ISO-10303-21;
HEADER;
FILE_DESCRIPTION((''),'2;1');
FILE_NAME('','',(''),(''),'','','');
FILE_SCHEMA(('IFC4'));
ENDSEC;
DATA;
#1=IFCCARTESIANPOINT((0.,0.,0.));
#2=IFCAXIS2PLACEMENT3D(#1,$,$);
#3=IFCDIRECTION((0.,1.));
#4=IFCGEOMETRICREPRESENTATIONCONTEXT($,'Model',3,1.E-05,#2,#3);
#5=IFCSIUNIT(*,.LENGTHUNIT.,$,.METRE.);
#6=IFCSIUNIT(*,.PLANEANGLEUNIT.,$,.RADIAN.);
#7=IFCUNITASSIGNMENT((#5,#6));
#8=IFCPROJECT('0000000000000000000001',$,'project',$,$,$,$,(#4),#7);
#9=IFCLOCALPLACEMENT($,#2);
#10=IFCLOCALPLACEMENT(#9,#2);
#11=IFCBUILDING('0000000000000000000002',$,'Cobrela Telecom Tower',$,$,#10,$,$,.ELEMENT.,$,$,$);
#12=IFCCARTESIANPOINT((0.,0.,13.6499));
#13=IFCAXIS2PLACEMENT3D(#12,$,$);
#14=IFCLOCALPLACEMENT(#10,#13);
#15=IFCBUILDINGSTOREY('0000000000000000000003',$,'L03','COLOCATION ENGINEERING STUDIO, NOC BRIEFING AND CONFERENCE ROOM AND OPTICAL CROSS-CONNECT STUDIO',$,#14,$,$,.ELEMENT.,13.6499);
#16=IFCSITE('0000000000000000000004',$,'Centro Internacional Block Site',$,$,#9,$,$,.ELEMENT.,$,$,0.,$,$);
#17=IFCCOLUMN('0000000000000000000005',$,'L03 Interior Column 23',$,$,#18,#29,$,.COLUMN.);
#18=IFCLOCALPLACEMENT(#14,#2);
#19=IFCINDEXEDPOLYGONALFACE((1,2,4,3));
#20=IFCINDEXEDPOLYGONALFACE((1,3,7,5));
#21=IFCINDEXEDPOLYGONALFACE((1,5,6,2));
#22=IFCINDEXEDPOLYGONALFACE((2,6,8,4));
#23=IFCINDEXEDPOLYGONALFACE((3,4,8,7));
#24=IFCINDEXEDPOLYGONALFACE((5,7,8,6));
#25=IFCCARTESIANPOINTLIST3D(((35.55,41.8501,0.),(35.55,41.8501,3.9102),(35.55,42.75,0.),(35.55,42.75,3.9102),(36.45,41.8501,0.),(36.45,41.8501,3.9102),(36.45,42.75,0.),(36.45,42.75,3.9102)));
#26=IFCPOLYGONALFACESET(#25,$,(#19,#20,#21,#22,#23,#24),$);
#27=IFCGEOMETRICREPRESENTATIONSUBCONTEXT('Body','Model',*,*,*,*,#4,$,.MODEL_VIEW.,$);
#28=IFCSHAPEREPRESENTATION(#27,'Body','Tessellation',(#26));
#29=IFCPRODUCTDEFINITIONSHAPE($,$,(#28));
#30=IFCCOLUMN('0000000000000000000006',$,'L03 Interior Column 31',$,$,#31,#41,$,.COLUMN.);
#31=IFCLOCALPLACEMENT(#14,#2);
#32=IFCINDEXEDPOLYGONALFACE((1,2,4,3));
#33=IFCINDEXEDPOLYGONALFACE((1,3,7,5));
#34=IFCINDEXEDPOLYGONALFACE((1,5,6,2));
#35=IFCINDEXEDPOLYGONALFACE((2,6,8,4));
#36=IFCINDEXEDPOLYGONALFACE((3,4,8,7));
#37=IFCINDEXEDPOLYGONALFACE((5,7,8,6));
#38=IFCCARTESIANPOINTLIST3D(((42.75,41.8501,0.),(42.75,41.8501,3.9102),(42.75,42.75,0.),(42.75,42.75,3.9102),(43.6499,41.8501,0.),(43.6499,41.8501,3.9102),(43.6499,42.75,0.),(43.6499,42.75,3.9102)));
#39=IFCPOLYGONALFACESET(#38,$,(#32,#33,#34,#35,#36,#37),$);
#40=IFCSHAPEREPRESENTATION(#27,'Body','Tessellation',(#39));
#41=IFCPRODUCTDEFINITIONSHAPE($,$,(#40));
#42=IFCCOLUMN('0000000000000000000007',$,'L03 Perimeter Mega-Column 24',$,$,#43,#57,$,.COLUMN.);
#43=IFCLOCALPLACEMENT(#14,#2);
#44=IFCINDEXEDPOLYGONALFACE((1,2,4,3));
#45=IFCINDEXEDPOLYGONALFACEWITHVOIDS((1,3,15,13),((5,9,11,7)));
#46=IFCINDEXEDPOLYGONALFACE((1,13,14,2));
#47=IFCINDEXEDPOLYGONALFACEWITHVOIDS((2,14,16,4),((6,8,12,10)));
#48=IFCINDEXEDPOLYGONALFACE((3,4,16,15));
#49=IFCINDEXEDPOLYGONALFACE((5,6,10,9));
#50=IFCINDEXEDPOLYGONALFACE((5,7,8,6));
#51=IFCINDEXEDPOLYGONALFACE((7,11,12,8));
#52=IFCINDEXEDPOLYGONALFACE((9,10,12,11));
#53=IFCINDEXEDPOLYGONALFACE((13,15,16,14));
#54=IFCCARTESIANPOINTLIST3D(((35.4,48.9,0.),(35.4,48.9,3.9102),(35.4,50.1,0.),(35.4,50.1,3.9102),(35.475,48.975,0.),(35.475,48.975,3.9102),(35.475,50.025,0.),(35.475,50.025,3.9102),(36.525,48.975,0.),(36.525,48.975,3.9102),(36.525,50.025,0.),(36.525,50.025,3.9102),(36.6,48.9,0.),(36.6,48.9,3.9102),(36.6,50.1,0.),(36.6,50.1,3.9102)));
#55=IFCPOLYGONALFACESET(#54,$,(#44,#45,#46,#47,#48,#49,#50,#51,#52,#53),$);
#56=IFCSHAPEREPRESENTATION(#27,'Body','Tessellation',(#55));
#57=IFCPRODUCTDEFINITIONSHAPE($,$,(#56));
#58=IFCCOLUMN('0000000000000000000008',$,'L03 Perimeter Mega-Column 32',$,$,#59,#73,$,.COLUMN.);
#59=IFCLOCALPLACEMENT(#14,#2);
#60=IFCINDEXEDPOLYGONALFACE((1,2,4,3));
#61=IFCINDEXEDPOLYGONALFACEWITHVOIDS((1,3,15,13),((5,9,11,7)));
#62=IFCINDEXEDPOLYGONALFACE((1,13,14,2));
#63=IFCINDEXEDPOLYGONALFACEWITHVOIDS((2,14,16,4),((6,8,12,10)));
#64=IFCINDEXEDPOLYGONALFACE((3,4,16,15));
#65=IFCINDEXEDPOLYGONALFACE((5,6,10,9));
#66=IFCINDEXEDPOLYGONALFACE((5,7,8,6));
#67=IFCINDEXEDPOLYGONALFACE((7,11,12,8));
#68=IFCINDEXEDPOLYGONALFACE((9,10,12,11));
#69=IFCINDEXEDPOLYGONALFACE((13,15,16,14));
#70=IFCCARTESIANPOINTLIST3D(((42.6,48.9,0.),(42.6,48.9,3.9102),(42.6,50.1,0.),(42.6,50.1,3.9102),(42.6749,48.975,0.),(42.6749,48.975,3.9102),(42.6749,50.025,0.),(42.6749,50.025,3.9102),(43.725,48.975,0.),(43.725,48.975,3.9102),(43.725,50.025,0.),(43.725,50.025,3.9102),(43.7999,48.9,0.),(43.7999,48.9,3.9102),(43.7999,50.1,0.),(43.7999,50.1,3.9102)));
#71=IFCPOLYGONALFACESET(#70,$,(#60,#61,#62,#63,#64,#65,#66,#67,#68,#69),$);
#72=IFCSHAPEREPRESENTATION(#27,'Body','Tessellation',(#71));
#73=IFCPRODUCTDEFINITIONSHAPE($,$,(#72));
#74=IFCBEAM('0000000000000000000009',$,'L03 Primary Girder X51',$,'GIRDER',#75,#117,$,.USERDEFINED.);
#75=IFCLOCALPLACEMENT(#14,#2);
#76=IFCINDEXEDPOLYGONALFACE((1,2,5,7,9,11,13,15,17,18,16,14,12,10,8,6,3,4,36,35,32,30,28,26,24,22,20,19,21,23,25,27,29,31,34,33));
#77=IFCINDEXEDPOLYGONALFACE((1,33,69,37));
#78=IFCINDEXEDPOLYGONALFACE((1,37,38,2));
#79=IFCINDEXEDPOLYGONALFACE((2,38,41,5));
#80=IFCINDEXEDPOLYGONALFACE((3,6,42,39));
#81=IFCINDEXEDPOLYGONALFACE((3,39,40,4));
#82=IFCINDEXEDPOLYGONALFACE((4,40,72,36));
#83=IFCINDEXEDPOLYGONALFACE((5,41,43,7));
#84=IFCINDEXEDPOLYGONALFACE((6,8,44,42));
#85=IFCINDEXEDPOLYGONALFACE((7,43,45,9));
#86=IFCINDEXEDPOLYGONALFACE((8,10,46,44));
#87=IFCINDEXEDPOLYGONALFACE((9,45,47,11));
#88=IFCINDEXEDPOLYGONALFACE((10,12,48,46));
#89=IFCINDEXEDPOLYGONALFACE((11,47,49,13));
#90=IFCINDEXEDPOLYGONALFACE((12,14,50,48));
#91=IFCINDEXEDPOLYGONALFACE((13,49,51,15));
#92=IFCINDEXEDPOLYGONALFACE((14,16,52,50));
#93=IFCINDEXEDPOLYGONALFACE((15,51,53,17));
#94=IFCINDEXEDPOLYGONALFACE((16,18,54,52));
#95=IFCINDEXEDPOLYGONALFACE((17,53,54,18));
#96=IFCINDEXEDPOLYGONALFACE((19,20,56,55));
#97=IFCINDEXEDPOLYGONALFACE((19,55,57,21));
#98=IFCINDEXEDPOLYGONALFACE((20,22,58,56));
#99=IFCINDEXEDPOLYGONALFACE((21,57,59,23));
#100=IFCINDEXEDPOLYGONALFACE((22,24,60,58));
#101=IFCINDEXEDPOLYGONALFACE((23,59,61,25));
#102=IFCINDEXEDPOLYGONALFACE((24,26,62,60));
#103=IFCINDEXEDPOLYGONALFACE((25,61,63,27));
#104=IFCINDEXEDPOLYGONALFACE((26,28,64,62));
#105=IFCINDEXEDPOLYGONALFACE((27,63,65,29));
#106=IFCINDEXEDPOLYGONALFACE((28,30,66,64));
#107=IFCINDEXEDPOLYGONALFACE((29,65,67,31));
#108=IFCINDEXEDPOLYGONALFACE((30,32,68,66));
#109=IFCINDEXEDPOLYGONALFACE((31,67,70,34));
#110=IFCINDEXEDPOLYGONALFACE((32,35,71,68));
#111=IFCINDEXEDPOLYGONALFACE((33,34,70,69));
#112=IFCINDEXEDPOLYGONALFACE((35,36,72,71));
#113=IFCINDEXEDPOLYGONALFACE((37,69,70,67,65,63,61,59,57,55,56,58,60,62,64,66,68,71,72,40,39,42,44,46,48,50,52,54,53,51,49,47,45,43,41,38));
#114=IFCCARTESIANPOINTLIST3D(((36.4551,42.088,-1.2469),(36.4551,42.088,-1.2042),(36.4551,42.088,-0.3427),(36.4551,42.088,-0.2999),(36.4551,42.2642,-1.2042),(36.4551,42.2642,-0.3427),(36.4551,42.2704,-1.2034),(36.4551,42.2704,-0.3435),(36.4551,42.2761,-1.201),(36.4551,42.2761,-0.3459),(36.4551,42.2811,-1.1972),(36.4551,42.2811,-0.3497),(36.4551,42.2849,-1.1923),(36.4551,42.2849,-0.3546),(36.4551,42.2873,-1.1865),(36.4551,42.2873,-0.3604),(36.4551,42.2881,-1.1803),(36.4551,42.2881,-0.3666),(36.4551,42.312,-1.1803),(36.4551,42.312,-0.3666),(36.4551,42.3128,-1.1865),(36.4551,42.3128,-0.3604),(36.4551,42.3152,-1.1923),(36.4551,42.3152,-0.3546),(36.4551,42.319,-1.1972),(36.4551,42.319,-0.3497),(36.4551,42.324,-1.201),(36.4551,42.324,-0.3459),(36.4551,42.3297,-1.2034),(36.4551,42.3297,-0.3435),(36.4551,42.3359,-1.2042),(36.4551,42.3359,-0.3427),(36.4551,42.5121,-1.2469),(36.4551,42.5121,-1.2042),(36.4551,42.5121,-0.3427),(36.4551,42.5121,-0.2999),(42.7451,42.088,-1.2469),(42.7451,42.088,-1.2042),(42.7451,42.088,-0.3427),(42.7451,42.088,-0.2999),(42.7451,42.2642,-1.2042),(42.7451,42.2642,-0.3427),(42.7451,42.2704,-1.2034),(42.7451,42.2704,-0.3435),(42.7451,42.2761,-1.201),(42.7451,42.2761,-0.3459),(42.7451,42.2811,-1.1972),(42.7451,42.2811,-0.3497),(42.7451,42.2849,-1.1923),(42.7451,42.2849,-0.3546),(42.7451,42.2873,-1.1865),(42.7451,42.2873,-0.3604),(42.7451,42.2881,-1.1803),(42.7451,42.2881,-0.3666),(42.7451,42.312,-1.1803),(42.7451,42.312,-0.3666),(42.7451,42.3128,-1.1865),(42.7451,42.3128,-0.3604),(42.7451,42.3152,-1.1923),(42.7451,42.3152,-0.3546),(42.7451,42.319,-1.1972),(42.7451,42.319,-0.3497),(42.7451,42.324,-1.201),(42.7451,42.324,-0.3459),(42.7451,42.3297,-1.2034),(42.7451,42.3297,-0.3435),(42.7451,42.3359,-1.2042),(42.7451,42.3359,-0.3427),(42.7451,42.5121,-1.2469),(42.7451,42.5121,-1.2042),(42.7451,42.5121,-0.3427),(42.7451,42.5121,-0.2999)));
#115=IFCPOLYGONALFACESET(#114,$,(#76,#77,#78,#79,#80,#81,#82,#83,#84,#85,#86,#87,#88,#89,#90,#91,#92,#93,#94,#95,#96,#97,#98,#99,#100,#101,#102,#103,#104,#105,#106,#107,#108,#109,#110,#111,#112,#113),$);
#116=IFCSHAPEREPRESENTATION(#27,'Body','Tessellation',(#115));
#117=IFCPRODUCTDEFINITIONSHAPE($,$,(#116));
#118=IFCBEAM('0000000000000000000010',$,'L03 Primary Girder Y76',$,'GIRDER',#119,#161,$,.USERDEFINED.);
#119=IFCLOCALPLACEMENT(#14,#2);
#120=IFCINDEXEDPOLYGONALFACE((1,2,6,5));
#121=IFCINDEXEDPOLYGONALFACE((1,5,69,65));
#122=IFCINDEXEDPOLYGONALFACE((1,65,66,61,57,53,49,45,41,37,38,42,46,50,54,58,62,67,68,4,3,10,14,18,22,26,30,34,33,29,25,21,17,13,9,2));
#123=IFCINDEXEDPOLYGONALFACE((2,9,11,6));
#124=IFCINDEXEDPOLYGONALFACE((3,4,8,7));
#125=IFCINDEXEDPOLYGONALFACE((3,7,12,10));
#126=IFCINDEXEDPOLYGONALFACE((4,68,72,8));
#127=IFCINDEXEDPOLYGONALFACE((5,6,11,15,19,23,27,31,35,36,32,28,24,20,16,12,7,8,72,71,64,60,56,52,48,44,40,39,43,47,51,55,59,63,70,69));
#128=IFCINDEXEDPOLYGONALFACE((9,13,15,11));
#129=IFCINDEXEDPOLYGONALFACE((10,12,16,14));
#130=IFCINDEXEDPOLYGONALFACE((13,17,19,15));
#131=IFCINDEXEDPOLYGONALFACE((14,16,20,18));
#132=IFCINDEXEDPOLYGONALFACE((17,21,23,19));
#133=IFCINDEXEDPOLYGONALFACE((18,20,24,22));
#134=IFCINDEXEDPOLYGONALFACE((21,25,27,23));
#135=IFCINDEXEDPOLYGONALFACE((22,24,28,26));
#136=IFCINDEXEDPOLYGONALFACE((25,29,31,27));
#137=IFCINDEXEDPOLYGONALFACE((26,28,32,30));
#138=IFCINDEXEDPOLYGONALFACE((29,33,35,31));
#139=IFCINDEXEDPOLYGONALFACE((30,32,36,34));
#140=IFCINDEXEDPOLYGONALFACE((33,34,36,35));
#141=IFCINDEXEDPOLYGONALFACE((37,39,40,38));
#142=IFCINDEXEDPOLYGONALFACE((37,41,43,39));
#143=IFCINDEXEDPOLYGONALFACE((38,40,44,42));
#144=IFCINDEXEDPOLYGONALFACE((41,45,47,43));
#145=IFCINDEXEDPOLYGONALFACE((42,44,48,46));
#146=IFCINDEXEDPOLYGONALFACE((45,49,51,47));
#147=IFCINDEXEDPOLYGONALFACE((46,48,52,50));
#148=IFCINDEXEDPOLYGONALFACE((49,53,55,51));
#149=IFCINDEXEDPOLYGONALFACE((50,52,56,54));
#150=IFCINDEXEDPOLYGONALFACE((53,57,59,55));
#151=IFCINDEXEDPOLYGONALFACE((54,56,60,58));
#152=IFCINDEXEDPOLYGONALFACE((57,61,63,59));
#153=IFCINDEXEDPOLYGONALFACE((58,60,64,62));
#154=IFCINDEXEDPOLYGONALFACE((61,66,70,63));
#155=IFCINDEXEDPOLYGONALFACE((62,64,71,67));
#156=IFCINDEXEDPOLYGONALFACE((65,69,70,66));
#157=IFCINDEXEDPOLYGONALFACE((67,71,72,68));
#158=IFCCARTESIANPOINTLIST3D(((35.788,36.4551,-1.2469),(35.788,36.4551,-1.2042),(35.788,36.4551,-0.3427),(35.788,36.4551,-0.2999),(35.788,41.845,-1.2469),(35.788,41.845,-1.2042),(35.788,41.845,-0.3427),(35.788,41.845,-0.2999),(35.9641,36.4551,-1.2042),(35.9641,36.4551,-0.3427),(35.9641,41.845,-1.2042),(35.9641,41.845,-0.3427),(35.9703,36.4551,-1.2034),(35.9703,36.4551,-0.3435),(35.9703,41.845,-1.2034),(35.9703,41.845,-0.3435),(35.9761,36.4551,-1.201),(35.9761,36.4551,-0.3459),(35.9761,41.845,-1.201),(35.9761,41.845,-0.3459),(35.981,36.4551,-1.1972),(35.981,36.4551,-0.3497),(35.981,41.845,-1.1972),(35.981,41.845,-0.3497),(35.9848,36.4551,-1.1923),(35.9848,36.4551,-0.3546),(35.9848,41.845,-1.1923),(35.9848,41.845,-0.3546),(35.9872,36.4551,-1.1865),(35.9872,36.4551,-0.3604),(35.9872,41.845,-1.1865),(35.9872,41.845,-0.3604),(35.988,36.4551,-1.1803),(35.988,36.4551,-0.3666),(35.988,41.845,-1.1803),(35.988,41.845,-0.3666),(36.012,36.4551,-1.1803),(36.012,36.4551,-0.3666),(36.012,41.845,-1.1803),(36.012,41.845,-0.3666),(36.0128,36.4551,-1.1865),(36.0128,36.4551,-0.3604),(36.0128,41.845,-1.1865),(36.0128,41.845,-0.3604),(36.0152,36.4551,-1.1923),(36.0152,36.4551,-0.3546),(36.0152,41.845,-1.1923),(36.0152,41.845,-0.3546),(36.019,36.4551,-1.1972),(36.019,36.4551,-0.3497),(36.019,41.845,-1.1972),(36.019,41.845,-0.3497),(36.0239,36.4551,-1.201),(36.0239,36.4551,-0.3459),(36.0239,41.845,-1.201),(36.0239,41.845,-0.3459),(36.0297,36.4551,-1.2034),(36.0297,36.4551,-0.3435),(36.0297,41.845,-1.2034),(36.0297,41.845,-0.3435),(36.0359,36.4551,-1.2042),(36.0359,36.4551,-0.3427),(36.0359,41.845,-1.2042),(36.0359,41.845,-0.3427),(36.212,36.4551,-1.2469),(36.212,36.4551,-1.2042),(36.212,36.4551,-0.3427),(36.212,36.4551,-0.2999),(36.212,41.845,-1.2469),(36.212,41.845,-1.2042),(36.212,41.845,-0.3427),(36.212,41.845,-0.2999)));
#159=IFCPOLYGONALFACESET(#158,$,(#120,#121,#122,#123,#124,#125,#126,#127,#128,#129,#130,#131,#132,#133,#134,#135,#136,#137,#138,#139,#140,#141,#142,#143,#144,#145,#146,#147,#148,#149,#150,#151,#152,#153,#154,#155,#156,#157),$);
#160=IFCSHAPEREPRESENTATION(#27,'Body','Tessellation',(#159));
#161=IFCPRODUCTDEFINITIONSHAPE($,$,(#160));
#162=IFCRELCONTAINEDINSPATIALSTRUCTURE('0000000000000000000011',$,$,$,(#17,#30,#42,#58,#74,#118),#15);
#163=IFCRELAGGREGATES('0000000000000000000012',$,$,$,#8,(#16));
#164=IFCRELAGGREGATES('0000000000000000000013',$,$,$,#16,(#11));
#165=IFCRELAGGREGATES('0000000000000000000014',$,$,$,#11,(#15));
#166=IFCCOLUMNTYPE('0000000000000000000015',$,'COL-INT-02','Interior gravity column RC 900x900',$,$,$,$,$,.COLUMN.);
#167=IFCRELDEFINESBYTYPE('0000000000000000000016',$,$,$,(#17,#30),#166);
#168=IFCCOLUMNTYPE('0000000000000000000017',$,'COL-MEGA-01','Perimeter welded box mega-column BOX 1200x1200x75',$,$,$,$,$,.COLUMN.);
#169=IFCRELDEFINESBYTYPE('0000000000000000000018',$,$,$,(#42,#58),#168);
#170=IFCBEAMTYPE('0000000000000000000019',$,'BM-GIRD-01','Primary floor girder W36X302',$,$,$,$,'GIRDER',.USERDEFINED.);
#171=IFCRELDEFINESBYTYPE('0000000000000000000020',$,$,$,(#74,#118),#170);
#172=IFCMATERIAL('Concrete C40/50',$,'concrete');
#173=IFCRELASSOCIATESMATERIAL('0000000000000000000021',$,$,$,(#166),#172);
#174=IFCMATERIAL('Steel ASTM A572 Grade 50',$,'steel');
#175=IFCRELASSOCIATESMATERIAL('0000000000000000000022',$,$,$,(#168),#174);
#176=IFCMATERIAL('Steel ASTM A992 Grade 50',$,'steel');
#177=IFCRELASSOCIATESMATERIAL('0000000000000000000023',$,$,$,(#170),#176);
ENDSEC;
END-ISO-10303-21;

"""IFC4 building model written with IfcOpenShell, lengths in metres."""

from ifc_helpers import new_model, si_unit, direction, frame, origin, origin_2d, place, context, subcontext, project, spatial, rectangle, hollow_rectangle, i_section, extrude, material, material_profile, profile_set, type_object, element, save


model = new_model("IFC4")

# Units and contexts
model_context = context("Model", 3, precision=1e-05, world=origin(), true_north=direction((0.0, 1.0)))
body_context = subcontext(model_context, "Body", "Model", "MODEL_VIEW")
ifc_project = project(units=[si_unit("LENGTHUNIT", "METRE"), si_unit("PLANEANGLEUNIT", "RADIAN")], contexts=[model_context])

# Site, building, storey
site_placement = place(None, origin())
site = spatial("IfcSite", under=ifc_project, at=site_placement, Name="Centro Internacional Block Site", CompositionType="ELEMENT", RefElevation=0.0)
building_placement = place(site_placement, origin())
building = spatial("IfcBuilding", under=site, at=building_placement, Name="Cobrela Telecom Tower", CompositionType="ELEMENT")
storey_placement = place(building_placement, frame((0.0, 0.0, 13.6499)))
storey = spatial("IfcBuildingStorey", under=building, at=storey_placement, Name="L03", Description="COLOCATION ENGINEERING STUDIO, NOC BRIEFING AND CONFERENCE ROOM AND OPTICAL CROSS-CONNECT STUDIO", CompositionType="ELEMENT", Elevation=13.6499)

# Columns
ifc_material_1 = material(Name="Concrete C40/50", Category="concrete")
ifc_material_profile_1 = material_profile(ifc_material_1, rectangle(XDim=0.8999, YDim=0.8999, at=origin_2d()), Name="RC 900x900")
ifc_profile_set_1 = profile_set([ifc_material_profile_1], Name="Concrete C40/50")
column_type_1 = type_object("IfcColumnType", Name="COL-INT-02", Description="Interior gravity column RC 900x900", PredefinedType="COLUMN", material=ifc_profile_set_1)
for number, where, z_axis, x_axis, name in (
    (1, (36.0, 42.3, 0.0), (0.0, 0.0, 1.0), (1.0, 0.0, 0.0), "L03 Interior Column 23"),
    (2, (43.2, 42.3, 0.0), (0.0, 0.0, 1.0), (1.0, 0.0, 0.0), "L03 Interior Column 31"),
):
    element("IfcColumn", number, at=place(storey_placement, frame(where, z_axis=z_axis, x_axis=x_axis)), inside=storey, type_object=column_type_1, Name=name, PredefinedType="COLUMN", context=body_context, shape_type="SweptSolid", body=[
        extrude(rectangle(XDim=0.8999, YDim=0.8999, at=origin_2d()), origin(), (0.0, 0.0, 1.0), 3.9102),
    ])
ifc_material_2 = material(Name="Steel ASTM A572 Grade 50", Category="steel")
ifc_material_profile_2 = material_profile(ifc_material_2, hollow_rectangle(XDim=1.2, YDim=1.2, WallThickness=0.075, at=origin_2d()), Name="BOX 1200x1200x75")
ifc_profile_set_2 = profile_set([ifc_material_profile_2], Name="Steel ASTM A572 Grade 50")
column_type_2 = type_object("IfcColumnType", Name="COL-MEGA-01", Description="Perimeter welded box mega-column BOX 1200x1200x75", PredefinedType="COLUMN", material=ifc_profile_set_2)
for number, where, z_axis, x_axis, name in (
    (3, (36.0, 49.5, 0.0), (0.0, 0.0, 1.0), (1.0, 0.0, 0.0), "L03 Perimeter Mega-Column 24"),
    (4, (43.2, 49.5, 0.0), (0.0, 0.0, 1.0), (1.0, 0.0, 0.0), "L03 Perimeter Mega-Column 32"),
):
    element("IfcColumn", number, at=place(storey_placement, frame(where, z_axis=z_axis, x_axis=x_axis)), inside=storey, type_object=column_type_2, Name=name, PredefinedType="COLUMN", context=body_context, shape_type="SweptSolid", body=[
        extrude(hollow_rectangle(XDim=1.2, YDim=1.2, WallThickness=0.075, at=origin_2d()), origin(), (0.0, 0.0, 1.0), 3.9102),
    ])

# Beams
ifc_material_3 = material(Name="Steel ASTM A992 Grade 50", Category="steel")
ifc_material_profile_3 = material_profile(ifc_material_3, i_section(OverallWidth=0.4241, OverallDepth=0.947, WebThickness=0.0239, FlangeThickness=0.0427, FilletRadius=0.0239, at=origin_2d()), Name="W36X302")
ifc_profile_set_3 = profile_set([ifc_material_profile_3], Name="Steel ASTM A992 Grade 50")
beam_type_1 = type_object("IfcBeamType", Name="BM-GIRD-01", Description="Primary floor girder W36X302", ElementType="GIRDER", PredefinedType="USERDEFINED", material=ifc_profile_set_3)
beam_1_placement = place(storey_placement, frame((36.4551, 42.3, -0.7734), z_axis=(1.0, 0.0, 0.0), x_axis=(0.0, 1.0, 0.0)))
element("IfcBeam", 5, at=beam_1_placement, inside=storey, type_object=beam_type_1, Name="L03 Primary Girder X51", ObjectType="GIRDER", PredefinedType="USERDEFINED", context=body_context, shape_type="SweptSolid", body=[
    extrude(i_section(OverallWidth=0.4241, OverallDepth=0.947, WebThickness=0.0239, FlangeThickness=0.0427, FilletRadius=0.0239, at=origin_2d()), origin(), (0.0, 0.0, 1.0), 6.29),
])
beam_2_placement = place(storey_placement, frame((36.0, 36.4551, -0.7734), z_axis=(0.0, 1.0, 0.0), x_axis=(-1.0, 0.0, 0.0)))
element("IfcBeam", 6, at=beam_2_placement, inside=storey, type_object=beam_type_1, Name="L03 Primary Girder Y76", ObjectType="GIRDER", PredefinedType="USERDEFINED", context=body_context, shape_type="SweptSolid", body=[
    extrude(i_section(OverallWidth=0.4241, OverallDepth=0.947, WebThickness=0.0239, FlangeThickness=0.0427, FilletRadius=0.0239, at=origin_2d()), origin(), (0.0, 0.0, 1.0), 5.3899),
])

save(model, "model.ifc")
